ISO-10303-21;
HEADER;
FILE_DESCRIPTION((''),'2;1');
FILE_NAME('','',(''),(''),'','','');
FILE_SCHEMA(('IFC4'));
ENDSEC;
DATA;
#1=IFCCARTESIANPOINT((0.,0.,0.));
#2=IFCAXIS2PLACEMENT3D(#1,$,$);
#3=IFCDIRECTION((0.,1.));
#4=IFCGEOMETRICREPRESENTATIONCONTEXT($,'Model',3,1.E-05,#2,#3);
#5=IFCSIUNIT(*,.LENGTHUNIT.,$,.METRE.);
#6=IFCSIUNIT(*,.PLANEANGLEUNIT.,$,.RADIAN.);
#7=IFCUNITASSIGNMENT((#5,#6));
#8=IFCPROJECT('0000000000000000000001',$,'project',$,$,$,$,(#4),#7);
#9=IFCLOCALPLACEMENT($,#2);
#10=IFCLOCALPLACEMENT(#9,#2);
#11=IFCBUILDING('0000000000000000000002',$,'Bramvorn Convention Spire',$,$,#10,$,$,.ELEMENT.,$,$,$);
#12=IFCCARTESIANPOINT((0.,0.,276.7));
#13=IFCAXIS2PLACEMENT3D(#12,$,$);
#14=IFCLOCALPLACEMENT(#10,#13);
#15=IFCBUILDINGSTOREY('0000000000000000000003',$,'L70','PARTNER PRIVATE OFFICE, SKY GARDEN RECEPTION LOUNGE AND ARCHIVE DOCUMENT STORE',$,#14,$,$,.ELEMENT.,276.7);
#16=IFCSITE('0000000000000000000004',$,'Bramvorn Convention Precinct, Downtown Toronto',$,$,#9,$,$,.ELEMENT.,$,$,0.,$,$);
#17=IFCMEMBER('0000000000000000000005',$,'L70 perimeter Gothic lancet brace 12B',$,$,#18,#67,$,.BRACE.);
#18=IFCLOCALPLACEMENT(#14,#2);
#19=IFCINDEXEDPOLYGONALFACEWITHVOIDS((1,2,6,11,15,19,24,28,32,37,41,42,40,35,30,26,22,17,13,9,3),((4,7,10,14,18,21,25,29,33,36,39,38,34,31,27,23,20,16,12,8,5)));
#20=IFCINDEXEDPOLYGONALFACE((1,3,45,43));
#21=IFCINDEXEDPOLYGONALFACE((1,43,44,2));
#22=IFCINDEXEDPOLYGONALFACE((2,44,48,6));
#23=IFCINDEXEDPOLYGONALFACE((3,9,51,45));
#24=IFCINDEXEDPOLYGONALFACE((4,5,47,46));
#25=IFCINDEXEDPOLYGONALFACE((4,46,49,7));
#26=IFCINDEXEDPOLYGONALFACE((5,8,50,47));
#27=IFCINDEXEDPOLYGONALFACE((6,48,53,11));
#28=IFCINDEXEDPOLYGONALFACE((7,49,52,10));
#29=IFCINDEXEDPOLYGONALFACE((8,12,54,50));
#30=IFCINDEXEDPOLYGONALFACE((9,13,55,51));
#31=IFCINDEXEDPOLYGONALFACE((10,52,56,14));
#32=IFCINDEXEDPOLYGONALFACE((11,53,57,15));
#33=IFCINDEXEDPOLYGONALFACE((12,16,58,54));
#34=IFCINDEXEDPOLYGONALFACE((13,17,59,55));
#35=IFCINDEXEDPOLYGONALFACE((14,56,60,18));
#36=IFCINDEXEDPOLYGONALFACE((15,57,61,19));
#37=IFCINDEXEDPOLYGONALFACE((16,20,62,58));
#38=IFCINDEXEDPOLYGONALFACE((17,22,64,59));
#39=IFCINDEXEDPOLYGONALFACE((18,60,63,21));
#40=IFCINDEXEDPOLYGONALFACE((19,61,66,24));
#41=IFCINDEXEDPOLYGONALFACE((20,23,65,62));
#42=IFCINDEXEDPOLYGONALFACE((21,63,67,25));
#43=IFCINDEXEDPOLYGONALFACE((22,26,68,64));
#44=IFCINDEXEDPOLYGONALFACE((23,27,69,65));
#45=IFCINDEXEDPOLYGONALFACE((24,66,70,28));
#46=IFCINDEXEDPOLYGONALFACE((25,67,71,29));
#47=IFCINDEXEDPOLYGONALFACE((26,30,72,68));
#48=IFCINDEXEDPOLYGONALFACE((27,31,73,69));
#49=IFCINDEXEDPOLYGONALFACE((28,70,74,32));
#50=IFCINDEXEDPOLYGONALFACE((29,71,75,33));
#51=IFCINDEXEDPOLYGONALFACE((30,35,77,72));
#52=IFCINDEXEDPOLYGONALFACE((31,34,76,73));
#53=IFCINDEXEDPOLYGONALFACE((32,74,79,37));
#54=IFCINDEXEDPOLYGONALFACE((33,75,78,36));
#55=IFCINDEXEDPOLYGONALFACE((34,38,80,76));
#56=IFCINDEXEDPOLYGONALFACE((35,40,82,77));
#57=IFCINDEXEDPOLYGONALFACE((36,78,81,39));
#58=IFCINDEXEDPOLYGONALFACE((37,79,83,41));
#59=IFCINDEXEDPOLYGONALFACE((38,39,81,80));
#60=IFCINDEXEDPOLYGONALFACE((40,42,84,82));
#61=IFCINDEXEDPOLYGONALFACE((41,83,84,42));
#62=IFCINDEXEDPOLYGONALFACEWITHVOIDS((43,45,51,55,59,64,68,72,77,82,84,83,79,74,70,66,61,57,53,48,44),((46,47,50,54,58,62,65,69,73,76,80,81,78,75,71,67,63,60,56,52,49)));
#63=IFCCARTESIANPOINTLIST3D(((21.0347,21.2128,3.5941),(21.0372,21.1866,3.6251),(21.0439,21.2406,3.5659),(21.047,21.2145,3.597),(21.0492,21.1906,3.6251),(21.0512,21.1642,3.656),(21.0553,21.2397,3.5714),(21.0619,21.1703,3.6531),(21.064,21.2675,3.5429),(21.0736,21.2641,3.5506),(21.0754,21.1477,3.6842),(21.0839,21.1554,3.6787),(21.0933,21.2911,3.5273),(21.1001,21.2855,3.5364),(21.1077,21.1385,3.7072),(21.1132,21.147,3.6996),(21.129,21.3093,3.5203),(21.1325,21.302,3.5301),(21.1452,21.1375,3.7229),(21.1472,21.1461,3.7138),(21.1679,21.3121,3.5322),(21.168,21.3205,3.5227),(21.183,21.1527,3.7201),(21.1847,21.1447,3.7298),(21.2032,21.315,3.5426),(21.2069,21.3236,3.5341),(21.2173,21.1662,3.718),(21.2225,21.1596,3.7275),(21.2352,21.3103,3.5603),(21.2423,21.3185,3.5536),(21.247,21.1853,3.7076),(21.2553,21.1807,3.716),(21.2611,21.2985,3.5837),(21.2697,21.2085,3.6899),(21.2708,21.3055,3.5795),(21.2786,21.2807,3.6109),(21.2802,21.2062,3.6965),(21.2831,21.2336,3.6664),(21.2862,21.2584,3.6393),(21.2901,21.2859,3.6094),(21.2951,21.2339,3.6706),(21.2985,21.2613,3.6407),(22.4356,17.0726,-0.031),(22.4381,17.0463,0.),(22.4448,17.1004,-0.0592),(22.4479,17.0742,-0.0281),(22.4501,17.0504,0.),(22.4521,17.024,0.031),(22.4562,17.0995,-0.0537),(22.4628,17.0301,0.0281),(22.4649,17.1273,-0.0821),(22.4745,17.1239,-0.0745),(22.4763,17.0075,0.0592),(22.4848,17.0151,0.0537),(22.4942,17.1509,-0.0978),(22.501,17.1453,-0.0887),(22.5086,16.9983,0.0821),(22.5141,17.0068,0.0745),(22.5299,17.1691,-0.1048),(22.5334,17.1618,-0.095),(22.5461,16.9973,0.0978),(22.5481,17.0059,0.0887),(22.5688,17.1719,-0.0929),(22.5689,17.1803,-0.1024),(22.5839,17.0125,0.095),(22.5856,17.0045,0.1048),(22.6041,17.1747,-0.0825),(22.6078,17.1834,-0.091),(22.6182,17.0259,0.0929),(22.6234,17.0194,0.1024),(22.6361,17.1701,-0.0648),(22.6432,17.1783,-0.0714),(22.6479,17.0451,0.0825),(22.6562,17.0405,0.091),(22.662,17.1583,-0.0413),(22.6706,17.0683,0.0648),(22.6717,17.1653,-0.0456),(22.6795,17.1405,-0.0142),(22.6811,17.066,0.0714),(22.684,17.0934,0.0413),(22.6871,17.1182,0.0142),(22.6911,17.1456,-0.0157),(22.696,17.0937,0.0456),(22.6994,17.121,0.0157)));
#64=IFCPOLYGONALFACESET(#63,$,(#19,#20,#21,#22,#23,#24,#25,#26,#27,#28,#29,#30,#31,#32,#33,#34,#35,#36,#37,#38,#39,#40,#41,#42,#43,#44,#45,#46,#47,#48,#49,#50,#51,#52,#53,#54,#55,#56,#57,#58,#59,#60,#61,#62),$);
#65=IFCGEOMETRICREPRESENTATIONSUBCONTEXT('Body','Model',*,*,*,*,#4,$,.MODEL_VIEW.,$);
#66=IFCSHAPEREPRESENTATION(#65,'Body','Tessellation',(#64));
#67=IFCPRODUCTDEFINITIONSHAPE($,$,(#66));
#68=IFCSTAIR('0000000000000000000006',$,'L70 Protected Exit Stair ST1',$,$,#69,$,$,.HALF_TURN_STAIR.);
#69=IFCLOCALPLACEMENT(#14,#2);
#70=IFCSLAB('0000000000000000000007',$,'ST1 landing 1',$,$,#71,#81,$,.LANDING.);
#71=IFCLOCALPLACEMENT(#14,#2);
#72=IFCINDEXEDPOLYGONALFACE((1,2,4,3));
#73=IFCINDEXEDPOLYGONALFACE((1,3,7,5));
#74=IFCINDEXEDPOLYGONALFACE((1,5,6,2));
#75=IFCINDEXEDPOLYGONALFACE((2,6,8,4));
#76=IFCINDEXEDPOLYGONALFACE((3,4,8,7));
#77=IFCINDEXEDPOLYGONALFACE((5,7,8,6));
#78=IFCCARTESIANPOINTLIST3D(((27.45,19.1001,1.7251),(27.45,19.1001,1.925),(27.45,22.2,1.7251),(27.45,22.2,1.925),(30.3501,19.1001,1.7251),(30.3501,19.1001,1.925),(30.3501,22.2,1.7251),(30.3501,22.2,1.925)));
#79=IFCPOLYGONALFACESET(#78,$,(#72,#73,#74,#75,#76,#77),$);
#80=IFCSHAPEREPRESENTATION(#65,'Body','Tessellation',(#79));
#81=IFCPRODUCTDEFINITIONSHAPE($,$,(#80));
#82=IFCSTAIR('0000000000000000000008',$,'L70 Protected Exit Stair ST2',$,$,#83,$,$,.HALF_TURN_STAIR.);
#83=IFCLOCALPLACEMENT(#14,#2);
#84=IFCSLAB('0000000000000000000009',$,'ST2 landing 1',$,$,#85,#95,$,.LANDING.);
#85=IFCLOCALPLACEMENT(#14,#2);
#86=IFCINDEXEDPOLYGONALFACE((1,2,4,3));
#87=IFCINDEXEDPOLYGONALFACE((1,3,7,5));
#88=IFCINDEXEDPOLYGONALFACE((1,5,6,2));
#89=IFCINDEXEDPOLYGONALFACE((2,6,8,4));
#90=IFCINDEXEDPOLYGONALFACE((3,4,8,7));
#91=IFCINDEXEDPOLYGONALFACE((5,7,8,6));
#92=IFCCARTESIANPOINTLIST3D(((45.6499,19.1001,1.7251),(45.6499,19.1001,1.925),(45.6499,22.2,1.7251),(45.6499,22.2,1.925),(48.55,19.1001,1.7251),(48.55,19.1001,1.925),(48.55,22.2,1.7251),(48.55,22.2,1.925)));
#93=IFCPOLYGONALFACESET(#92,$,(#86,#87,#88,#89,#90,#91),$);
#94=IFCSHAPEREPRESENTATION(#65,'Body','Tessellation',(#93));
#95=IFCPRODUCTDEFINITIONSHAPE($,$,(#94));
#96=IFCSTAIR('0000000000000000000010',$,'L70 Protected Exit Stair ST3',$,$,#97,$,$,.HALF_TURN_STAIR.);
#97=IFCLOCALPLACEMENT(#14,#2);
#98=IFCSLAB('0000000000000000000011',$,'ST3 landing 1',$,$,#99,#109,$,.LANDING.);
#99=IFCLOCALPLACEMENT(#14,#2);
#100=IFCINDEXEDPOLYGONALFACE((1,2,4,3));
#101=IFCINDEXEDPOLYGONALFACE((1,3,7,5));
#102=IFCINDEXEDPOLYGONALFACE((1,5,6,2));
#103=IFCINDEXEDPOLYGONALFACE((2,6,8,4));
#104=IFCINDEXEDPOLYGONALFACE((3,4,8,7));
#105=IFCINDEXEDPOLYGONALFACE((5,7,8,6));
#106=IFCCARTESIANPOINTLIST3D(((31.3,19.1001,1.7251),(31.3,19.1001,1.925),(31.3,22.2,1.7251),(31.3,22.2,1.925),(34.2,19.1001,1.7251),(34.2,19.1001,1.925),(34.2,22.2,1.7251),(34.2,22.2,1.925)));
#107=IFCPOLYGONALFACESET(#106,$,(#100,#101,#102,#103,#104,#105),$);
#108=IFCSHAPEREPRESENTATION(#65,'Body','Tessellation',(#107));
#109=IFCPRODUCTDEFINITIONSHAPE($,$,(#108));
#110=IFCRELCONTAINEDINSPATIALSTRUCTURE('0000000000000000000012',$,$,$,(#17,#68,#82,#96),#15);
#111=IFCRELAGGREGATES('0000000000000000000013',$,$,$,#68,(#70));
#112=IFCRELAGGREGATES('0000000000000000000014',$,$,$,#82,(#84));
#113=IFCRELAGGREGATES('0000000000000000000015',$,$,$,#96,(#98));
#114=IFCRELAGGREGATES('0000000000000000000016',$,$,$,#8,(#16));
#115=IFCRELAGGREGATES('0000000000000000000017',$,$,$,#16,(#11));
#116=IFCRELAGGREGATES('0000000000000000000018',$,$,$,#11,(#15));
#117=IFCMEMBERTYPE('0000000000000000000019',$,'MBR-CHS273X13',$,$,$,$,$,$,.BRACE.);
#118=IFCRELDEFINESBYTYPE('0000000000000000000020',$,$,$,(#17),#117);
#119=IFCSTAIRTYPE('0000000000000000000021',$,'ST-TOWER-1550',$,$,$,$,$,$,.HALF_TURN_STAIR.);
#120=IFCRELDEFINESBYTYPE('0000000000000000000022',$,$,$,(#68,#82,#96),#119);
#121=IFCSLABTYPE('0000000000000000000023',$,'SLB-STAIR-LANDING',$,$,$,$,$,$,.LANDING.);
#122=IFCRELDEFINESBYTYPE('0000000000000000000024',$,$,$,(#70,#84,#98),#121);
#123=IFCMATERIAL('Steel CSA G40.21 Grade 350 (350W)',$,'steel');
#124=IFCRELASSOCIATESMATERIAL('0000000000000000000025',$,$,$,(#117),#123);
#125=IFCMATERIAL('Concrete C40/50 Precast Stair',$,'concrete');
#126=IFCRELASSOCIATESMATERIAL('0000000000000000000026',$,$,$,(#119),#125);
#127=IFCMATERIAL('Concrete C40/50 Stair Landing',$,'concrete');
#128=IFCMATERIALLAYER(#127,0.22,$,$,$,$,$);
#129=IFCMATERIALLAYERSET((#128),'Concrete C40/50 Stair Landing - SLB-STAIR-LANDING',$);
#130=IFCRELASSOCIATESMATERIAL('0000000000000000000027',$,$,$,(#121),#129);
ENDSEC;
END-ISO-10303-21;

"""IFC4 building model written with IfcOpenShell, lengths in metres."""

from ifc_helpers import new_model, si_unit, direction, frame, origin, origin_2d, place, context, subcontext, project, spatial, polyline, hollow_circle, outline, extrude, material, layer, layer_set, material_profile, profile_set, type_object, element, aggregate, save


model = new_model("IFC4")

# Units and contexts
model_context = context("Model", 3, precision=1e-05, world=origin(), true_north=direction((0.0, 1.0)))
body_context = subcontext(model_context, "Body", "Model", "MODEL_VIEW")
ifc_project = project(units=[si_unit("LENGTHUNIT", "METRE"), si_unit("PLANEANGLEUNIT", "RADIAN")], contexts=[model_context])

# Site, building, storey
site_placement = place(None, origin())
site = spatial("IfcSite", under=ifc_project, at=site_placement, Name="Bramvorn Convention Precinct, Downtown Toronto", CompositionType="ELEMENT", RefElevation=0.0)
building_placement = place(site_placement, origin())
building = spatial("IfcBuilding", under=site, at=building_placement, Name="Bramvorn Convention Spire", CompositionType="ELEMENT")
storey_placement = place(building_placement, frame((0.0, 0.0, 276.7)))
storey = spatial("IfcBuildingStorey", under=building, at=storey_placement, Name="L70", Description="PARTNER PRIVATE OFFICE, SKY GARDEN RECEPTION LOUNGE AND ARCHIVE DOCUMENT STORE", CompositionType="ELEMENT", Elevation=276.7)

# Shared definitions
ifc_material_1 = material(Name="Steel CSA G40.21 Grade 350 (350W)", Category="steel")

# Member
ifc_material_profile_1 = material_profile(ifc_material_1, hollow_circle(Radius=0.1365, WallThickness=0.0127, at=origin_2d()))
ifc_profile_set_1 = profile_set([ifc_material_profile_1], Name="Steel CSA G40.21 Grade 350 (350W) - CHS273X13")
member_type = type_object("IfcMemberType", Name="MBR-CHS273X13", PredefinedType="BRACE", material=ifc_profile_set_1)
member_placement = place(storey_placement, frame((22.5674, 17.0901, 0.0), z_axis=(-0.246705, 0.729107, 0.638388), x_axis=(-0.947244, -0.320514, 0.0)))
element("IfcMember", 1, at=member_placement, inside=storey, type_object=member_type, Name="L70 perimeter Gothic lancet brace 12B", PredefinedType="BRACE", context=body_context, shape_type="SweptSolid", body=[
    extrude(hollow_circle(Radius=0.1365, WallThickness=0.0127, at=origin_2d()), origin(), (0.0, 0.0, 1.0), 5.6785),
])

# Stairs, slabs
ifc_material_2 = material(Name="Concrete C40/50 Precast Stair", Category="concrete")
stair_type = type_object("IfcStairType", Name="ST-TOWER-1550", PredefinedType="HALF_TURN_STAIR", material=ifc_material_2)
stair_1_placement = place(storey_placement, origin())
stair_1 = element("IfcStair", 2, at=stair_1_placement, inside=storey, type_object=stair_type, Name="L70 Protected Exit Stair ST1", PredefinedType="HALF_TURN_STAIR")
ifc_material_3 = material(Name="Concrete C40/50 Stair Landing", Category="concrete")
ifc_layer_1 = layer(ifc_material_3, 0.22)
ifc_layer_set_1 = layer_set([ifc_layer_1], Name="Concrete C40/50 Stair Landing - SLB-STAIR-LANDING")
slab_type_1 = type_object("IfcSlabType", Name="SLB-STAIR-LANDING", PredefinedType="LANDING", material=ifc_layer_set_1)
slab_1_placement = place(storey_placement, frame((0.0, 0.0, 1.7251)))
slab_1 = element("IfcSlab", 3, at=slab_1_placement, type_object=slab_type_1, Name="ST1 landing 1", PredefinedType="LANDING", context=body_context, shape_type="SweptSolid", body=[
    extrude(outline(polyline([(27.45, 22.2), (27.45, 19.1001), (30.3501, 19.1001), (30.3501, 22.2), (27.45, 22.2)])), origin(), (0.0, 0.0, 1.0), 0.2),
])
aggregate(stair_1, [slab_1])
stair_2_placement = place(storey_placement, origin())
stair_2 = element("IfcStair", 4, at=stair_2_placement, inside=storey, type_object=stair_type, Name="L70 Protected Exit Stair ST2", PredefinedType="HALF_TURN_STAIR")
slab_2_placement = place(storey_placement, frame((0.0, 0.0, 1.7251)))
slab_2 = element("IfcSlab", 5, at=slab_2_placement, type_object=slab_type_1, Name="ST2 landing 1", PredefinedType="LANDING", context=body_context, shape_type="SweptSolid", body=[
    extrude(outline(polyline([(45.6499, 22.2), (45.6499, 19.1001), (48.55, 19.1001), (48.55, 22.2), (45.6499, 22.2)])), origin(), (0.0, 0.0, 1.0), 0.2),
])
aggregate(stair_2, [slab_2])
stair_3_placement = place(storey_placement, origin())
stair_3 = element("IfcStair", 6, at=stair_3_placement, inside=storey, type_object=stair_type, Name="L70 Protected Exit Stair ST3", PredefinedType="HALF_TURN_STAIR")
slab_3_placement = place(storey_placement, frame((0.0, 0.0, 1.7251)))
slab_3 = element("IfcSlab", 7, at=slab_3_placement, type_object=slab_type_1, Name="ST3 landing 1", PredefinedType="LANDING", context=body_context, shape_type="SweptSolid", body=[
    extrude(outline(polyline([(31.3, 22.2), (31.3, 19.1001), (34.2, 19.1001), (34.2, 22.2), (31.3, 22.2)])), origin(), (0.0, 0.0, 1.0), 0.2),
])
aggregate(stair_3, [slab_3])

save(model, "model.ifc")
